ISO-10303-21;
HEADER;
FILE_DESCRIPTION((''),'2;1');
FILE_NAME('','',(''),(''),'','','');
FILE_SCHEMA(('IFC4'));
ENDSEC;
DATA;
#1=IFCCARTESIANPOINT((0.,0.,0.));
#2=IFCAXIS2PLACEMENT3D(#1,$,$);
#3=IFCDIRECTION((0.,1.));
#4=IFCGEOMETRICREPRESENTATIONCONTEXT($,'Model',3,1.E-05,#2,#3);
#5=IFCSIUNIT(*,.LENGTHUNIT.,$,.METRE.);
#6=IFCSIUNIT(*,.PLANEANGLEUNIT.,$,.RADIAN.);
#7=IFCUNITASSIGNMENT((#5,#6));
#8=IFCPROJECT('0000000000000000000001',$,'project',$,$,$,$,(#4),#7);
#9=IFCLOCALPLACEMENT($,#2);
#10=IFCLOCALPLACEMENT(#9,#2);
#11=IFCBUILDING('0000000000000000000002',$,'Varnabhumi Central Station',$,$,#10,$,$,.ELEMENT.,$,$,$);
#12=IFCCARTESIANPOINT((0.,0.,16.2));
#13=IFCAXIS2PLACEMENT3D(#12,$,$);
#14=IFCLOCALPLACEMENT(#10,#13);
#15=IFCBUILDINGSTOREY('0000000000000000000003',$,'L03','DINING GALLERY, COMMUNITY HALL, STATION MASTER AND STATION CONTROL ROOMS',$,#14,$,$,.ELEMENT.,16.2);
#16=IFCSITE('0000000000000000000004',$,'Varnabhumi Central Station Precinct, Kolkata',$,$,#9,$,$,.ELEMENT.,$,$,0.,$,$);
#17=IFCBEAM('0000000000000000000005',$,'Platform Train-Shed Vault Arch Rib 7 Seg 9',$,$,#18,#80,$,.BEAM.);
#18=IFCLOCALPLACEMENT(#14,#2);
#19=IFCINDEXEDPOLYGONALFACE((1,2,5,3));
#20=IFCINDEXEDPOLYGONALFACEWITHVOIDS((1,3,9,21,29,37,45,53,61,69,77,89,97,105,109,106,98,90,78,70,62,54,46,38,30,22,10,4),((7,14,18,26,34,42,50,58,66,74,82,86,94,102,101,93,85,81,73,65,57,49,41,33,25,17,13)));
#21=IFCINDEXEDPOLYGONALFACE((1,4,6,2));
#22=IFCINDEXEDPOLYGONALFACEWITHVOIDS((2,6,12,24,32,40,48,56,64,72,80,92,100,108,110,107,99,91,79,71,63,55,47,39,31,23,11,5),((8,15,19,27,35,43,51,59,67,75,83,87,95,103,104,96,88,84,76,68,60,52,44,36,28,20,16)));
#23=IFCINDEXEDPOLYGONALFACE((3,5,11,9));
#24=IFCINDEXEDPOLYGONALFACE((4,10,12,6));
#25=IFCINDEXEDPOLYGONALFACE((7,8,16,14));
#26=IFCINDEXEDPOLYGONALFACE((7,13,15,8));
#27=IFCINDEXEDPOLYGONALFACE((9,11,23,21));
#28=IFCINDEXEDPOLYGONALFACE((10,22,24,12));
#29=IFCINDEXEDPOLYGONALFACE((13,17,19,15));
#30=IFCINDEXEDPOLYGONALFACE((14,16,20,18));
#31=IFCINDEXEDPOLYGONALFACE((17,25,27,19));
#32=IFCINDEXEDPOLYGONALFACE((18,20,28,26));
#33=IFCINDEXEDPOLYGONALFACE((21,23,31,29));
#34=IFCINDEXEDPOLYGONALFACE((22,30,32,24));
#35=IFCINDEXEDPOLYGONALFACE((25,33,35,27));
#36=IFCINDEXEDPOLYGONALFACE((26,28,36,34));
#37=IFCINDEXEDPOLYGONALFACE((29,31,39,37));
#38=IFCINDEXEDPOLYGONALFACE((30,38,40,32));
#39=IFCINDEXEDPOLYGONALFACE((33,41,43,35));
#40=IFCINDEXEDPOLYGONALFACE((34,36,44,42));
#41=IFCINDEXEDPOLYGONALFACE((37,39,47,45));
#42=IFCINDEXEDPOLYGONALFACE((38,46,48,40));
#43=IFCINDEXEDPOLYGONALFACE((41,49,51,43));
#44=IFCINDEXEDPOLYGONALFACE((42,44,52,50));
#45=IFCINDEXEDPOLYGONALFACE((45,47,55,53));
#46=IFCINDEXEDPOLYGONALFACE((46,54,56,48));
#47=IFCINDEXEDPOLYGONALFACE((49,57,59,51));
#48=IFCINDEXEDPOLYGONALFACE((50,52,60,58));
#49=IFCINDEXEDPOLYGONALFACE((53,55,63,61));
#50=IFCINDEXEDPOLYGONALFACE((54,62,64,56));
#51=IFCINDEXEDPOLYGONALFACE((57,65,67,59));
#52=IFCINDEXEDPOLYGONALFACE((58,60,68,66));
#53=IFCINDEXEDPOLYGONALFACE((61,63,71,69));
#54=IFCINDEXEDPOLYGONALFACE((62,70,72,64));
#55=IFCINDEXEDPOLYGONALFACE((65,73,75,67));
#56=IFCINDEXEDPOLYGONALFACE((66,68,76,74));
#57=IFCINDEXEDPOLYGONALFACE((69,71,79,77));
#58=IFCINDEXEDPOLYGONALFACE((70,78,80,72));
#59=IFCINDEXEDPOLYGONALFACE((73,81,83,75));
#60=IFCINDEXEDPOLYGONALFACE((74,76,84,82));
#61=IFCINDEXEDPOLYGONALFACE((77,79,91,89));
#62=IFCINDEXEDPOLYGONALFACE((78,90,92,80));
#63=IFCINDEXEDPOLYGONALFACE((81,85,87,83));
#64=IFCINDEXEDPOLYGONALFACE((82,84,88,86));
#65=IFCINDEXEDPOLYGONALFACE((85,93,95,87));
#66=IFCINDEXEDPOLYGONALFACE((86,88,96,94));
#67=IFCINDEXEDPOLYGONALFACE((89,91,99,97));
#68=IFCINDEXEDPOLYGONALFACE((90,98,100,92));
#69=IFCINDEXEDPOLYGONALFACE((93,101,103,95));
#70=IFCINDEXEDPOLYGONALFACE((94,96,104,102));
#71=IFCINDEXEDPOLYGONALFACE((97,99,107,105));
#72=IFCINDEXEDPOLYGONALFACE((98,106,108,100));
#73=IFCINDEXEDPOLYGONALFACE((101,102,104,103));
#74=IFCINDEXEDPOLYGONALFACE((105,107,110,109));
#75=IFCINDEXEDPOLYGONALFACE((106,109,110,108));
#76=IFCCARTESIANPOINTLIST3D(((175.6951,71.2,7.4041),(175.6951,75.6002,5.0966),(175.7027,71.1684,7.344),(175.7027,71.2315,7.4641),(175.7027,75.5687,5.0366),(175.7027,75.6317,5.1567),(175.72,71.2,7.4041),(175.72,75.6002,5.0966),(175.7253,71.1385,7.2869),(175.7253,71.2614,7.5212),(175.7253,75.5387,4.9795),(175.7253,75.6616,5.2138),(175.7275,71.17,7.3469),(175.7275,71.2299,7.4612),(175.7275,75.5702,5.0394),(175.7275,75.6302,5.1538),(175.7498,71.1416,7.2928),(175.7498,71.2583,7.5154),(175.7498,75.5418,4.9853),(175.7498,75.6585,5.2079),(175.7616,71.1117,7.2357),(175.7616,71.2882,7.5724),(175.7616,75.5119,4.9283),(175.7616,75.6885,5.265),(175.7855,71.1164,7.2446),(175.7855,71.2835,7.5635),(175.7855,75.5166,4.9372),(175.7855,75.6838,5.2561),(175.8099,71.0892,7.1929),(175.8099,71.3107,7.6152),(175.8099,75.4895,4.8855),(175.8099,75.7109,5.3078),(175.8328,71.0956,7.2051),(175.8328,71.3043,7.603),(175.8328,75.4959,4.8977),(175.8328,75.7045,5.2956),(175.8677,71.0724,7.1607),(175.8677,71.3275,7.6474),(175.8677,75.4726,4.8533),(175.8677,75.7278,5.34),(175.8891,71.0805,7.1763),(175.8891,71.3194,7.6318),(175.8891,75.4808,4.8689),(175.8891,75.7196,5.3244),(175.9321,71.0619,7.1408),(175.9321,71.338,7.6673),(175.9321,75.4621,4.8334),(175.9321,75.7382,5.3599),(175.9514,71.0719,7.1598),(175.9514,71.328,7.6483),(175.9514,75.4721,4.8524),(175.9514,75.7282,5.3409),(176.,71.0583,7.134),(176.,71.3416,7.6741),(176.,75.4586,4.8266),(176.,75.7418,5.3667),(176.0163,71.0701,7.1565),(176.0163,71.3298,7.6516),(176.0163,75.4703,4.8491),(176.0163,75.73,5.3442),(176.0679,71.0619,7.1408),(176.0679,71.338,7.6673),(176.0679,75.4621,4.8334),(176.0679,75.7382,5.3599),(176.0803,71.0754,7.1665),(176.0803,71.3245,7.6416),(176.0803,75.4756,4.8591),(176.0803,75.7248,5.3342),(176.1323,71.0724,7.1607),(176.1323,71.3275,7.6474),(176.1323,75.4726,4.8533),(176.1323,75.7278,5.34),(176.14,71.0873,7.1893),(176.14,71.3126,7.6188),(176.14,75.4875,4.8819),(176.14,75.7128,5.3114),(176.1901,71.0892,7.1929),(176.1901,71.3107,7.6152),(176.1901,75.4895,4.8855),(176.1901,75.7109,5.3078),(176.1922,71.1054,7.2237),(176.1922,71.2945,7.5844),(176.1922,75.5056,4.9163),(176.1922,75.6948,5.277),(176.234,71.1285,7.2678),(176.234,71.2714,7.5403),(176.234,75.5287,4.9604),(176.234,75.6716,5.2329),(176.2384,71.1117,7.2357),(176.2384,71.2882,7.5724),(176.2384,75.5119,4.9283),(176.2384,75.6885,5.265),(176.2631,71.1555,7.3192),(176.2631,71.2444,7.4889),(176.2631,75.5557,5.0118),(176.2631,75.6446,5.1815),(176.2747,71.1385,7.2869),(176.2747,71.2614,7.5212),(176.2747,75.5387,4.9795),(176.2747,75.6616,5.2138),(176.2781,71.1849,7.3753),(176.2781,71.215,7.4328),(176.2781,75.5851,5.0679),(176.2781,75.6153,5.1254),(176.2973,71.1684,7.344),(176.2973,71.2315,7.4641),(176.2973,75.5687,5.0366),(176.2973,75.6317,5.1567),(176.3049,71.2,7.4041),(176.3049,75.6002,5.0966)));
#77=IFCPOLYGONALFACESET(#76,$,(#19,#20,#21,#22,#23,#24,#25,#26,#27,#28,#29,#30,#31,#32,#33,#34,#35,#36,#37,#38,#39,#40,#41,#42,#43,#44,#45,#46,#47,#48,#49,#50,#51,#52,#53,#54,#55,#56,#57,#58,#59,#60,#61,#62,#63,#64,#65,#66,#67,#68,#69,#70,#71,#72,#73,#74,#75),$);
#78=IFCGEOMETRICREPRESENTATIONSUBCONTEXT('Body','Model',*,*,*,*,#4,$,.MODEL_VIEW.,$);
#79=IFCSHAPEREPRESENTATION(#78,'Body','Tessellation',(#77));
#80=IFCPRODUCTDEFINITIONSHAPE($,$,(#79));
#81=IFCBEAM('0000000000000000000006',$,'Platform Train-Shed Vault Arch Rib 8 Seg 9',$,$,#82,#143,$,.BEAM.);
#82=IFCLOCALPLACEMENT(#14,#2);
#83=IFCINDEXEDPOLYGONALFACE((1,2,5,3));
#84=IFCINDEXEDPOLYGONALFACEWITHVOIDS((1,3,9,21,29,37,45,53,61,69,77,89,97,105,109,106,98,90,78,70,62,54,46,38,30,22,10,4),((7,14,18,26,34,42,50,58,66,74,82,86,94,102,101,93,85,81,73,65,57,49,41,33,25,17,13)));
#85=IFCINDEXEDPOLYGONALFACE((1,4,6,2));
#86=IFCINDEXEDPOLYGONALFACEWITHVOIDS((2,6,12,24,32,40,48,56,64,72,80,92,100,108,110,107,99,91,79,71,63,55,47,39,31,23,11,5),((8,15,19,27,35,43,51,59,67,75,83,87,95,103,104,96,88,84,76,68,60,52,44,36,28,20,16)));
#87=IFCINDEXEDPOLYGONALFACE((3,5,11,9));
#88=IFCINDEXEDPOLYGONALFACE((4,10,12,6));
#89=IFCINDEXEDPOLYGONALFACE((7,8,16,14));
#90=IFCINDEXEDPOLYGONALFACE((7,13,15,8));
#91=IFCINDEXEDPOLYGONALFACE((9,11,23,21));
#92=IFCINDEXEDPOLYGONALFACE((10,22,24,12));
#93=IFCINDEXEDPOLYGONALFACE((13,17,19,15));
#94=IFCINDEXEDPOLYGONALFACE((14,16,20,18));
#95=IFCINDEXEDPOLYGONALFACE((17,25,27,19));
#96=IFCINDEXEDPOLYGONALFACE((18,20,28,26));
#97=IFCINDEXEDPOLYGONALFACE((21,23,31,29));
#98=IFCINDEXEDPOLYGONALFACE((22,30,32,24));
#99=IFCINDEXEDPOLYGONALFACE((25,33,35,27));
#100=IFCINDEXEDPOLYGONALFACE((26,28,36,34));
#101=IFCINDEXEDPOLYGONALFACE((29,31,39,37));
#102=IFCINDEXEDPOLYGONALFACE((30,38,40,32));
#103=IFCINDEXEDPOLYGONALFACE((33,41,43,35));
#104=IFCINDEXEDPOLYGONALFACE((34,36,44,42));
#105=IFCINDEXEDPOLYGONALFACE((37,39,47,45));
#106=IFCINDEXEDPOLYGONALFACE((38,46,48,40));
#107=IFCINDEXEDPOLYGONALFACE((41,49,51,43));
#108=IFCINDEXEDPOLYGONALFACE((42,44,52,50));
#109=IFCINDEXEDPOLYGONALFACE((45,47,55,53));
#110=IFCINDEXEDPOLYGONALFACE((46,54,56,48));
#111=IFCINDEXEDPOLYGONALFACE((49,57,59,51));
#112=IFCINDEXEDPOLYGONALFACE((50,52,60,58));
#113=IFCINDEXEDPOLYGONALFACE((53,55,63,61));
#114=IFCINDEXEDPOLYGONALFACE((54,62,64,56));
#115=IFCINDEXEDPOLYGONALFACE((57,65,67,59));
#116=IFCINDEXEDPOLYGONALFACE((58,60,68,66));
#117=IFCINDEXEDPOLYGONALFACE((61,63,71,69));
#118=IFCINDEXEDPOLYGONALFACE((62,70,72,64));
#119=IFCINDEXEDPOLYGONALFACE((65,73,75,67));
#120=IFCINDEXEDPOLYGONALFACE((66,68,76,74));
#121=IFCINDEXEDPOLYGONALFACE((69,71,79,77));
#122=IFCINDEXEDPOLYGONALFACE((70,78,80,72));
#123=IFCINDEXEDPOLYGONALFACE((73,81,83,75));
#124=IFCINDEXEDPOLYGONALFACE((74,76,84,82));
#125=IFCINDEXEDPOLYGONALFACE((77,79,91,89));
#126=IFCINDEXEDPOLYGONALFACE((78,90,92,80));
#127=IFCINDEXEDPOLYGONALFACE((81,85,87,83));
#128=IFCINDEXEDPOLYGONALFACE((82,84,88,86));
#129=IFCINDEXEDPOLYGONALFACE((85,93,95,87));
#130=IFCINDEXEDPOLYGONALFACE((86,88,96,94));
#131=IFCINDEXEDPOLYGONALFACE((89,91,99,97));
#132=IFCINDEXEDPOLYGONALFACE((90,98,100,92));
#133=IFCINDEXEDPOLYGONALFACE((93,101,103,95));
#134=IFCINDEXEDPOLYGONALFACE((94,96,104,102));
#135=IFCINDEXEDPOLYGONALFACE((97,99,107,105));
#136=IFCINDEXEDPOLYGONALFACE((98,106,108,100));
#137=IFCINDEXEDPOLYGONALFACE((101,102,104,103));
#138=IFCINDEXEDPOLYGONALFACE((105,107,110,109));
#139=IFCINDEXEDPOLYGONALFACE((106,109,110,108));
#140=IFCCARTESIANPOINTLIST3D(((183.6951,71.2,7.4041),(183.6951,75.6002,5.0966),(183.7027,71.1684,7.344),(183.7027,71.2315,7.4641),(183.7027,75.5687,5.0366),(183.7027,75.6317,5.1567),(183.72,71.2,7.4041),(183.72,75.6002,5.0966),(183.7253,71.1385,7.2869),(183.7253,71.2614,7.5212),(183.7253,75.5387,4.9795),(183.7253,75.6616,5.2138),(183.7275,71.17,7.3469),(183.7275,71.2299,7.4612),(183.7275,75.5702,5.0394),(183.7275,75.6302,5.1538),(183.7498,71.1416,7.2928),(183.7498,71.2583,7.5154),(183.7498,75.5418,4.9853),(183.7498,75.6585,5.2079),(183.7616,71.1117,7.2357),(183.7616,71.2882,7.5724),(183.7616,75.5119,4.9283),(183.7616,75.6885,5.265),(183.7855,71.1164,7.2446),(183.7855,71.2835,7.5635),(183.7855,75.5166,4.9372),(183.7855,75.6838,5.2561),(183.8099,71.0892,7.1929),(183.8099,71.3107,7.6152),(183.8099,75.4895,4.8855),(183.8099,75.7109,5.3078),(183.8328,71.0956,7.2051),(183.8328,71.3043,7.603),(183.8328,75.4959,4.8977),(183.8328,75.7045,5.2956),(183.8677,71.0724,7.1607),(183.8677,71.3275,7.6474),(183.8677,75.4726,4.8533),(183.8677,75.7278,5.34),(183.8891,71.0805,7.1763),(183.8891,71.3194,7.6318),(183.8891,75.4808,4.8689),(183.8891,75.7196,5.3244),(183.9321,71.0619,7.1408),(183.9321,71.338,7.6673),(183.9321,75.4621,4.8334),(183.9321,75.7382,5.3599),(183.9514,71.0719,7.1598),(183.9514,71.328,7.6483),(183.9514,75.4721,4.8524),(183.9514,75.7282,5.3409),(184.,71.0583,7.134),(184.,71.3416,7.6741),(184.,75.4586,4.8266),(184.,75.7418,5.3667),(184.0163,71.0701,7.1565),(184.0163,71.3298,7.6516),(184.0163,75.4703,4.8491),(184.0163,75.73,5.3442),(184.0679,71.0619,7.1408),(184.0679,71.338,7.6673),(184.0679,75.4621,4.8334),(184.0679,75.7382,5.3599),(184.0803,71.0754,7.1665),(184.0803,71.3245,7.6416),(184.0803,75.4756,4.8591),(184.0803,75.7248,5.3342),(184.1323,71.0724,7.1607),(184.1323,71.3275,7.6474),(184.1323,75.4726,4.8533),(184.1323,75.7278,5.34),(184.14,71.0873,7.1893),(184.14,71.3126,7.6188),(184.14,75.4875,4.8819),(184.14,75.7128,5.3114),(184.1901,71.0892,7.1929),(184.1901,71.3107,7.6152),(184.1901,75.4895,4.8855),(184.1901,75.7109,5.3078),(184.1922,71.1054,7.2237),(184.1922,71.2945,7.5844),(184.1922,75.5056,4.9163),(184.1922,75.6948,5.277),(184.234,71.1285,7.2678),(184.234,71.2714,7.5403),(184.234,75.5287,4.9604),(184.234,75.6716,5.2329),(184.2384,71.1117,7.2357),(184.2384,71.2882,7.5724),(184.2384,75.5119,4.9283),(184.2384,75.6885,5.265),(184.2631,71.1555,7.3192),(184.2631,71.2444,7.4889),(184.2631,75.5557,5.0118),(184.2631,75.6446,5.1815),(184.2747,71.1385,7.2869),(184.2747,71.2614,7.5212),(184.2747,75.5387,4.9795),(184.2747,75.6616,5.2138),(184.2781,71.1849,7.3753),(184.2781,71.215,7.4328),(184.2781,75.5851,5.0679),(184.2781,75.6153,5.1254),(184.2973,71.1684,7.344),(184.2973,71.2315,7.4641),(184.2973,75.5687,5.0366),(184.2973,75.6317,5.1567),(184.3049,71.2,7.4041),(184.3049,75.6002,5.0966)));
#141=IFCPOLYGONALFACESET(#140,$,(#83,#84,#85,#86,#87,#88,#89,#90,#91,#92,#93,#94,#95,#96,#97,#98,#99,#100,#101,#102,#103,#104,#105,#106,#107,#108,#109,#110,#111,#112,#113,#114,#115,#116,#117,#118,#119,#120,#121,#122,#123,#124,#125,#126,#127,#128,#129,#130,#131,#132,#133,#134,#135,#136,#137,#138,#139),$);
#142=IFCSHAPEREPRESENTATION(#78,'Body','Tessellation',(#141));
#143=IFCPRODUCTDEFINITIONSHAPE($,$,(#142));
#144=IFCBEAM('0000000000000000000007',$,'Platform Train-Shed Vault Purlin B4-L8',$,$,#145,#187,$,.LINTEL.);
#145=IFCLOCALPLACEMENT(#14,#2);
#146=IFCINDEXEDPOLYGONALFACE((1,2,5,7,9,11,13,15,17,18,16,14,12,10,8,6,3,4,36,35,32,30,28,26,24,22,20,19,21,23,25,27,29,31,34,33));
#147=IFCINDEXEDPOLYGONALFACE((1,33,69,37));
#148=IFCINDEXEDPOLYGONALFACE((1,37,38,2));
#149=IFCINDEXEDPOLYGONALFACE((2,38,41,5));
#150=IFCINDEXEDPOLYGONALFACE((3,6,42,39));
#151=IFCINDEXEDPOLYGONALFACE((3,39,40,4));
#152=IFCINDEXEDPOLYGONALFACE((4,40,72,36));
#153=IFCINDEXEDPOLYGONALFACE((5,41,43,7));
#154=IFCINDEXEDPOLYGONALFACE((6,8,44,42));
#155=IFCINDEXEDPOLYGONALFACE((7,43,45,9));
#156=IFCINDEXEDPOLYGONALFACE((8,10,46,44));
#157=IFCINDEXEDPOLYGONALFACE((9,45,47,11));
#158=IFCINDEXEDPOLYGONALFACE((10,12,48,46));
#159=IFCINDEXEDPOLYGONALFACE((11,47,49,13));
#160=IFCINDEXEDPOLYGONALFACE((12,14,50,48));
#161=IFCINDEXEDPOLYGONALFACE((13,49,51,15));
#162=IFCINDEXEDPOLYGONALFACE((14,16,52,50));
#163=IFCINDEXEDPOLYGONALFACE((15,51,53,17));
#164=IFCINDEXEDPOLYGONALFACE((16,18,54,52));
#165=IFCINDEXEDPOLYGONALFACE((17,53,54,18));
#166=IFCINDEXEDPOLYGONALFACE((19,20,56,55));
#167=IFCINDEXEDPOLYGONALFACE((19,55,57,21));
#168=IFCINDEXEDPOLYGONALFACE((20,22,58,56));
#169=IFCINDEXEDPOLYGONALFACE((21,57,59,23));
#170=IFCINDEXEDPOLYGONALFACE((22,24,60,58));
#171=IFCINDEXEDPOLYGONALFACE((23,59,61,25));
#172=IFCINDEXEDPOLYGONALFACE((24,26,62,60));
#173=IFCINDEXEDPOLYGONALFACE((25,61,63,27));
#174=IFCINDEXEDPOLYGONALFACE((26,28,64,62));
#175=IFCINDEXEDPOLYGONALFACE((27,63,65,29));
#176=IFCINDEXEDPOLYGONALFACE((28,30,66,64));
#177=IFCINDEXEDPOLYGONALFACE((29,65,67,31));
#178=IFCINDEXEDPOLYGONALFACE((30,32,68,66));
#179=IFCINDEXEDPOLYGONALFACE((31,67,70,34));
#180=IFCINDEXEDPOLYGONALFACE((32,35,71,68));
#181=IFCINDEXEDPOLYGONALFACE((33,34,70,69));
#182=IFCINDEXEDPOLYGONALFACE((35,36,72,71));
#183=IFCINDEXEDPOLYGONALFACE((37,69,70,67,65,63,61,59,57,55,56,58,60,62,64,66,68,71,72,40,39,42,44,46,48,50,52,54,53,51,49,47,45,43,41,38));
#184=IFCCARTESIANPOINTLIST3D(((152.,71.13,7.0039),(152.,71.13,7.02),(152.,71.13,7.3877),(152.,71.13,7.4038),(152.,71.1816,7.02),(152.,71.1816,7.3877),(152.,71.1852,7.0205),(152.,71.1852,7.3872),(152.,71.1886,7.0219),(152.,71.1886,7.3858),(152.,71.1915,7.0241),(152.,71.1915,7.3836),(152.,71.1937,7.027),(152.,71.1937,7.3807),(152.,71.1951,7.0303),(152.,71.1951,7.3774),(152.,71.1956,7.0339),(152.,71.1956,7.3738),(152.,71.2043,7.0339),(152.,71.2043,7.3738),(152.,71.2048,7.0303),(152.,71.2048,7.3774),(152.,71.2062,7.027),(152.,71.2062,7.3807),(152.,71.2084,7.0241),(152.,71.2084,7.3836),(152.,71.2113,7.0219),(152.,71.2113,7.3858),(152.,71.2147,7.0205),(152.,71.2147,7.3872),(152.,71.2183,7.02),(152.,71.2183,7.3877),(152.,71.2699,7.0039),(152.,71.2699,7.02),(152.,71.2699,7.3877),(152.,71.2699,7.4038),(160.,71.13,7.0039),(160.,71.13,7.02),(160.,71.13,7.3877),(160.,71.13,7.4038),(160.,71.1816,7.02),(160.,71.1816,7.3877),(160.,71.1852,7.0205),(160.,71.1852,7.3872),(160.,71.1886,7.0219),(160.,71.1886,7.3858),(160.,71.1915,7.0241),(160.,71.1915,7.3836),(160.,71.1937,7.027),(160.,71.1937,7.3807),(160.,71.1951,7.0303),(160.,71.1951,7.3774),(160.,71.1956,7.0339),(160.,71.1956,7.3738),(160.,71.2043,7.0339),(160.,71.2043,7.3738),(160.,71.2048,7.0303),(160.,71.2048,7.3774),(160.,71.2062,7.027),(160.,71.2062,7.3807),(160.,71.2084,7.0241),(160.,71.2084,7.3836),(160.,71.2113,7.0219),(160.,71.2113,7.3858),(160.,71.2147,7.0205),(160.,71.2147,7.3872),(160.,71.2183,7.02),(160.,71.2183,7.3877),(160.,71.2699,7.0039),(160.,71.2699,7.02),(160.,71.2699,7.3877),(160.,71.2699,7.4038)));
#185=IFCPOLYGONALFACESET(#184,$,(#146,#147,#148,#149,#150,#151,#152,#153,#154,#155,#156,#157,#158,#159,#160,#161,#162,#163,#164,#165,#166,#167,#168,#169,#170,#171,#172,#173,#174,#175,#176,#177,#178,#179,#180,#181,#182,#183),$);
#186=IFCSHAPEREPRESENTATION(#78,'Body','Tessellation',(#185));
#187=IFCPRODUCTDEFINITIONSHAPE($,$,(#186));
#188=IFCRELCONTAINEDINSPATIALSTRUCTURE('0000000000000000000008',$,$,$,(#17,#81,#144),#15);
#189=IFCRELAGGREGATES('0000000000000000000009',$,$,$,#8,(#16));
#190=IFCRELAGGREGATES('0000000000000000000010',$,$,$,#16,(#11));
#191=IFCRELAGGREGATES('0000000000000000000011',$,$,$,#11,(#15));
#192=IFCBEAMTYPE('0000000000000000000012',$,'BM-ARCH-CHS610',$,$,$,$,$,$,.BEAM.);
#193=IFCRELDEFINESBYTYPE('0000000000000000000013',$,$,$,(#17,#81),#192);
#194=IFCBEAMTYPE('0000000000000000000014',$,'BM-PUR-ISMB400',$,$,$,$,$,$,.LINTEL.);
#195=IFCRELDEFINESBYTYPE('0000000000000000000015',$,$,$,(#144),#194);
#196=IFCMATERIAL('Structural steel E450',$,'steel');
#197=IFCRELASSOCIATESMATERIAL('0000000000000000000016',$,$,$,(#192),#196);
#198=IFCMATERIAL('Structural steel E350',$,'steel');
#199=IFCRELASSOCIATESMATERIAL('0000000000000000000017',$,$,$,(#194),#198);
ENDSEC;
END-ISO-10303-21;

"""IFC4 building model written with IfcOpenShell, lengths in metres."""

from ifc_helpers import new_model, si_unit, direction, frame, origin, origin_2d, place, context, subcontext, project, spatial, hollow_circle, i_section, extrude, material, material_profile, profile_set, type_object, element, save


model = new_model("IFC4")

# Units and contexts
model_context = context("Model", 3, precision=1e-05, world=origin(), true_north=direction((0.0, 1.0)))
body_context = subcontext(model_context, "Body", "Model", "MODEL_VIEW")
ifc_project = project(units=[si_unit("LENGTHUNIT", "METRE"), si_unit("PLANEANGLEUNIT", "RADIAN")], contexts=[model_context])

# Site, building, storey
site_placement = place(None, origin())
site = spatial("IfcSite", under=ifc_project, at=site_placement, Name="Varnabhumi Central Station Precinct, Kolkata", CompositionType="ELEMENT", RefElevation=0.0)
building_placement = place(site_placement, origin())
building = spatial("IfcBuilding", under=site, at=building_placement, Name="Varnabhumi Central Station", CompositionType="ELEMENT")
storey_placement = place(building_placement, frame((0.0, 0.0, 16.2)))
storey = spatial("IfcBuildingStorey", under=building, at=storey_placement, Name="L03", Description="DINING GALLERY, COMMUNITY HALL, STATION MASTER AND STATION CONTROL ROOMS", CompositionType="ELEMENT", Elevation=16.2)

# Beams
ifc_material_1 = material(Name="Structural steel E450", Category="steel")
ifc_material_profile_1 = material_profile(ifc_material_1, hollow_circle(Radius=0.3049, WallThickness=0.0249, at=origin_2d()), Name="Structural steel E450", Category="steel")
ifc_profile_set_1 = profile_set([ifc_material_profile_1], Name="Structural steel E450")
beam_type_1 = type_object("IfcBeamType", Name="BM-ARCH-CHS610", PredefinedType="BEAM", material=ifc_profile_set_1)
for number, where, z_axis, x_axis, name in (
    (1, (176.0, 71.2, 7.4041), (0.0, 0.885622, -0.464407), (-1.0, 0.0, 0.0), "Platform Train-Shed Vault Arch Rib 7 Seg 9"),
    (2, (184.0, 71.2, 7.4041), (0.0, 0.885622, -0.464407), (-1.0, 0.0, 0.0), "Platform Train-Shed Vault Arch Rib 8 Seg 9"),
):
    element("IfcBeam", number, at=place(storey_placement, frame(where, z_axis=z_axis, x_axis=x_axis)), inside=storey, type_object=beam_type_1, Name=name, PredefinedType="BEAM", context=body_context, shape_type="SweptSolid", body=[
        extrude(hollow_circle(Radius=0.3049, WallThickness=0.0249, at=origin_2d()), origin(), (0.0, 0.0, 1.0), 4.9685),
    ])
ifc_material_2 = material(Name="Structural steel E350", Category="steel")
ifc_material_profile_2 = material_profile(ifc_material_2, i_section(OverallWidth=0.1399, OverallDepth=0.3999, WebThickness=0.0088, FlangeThickness=0.0161, FilletRadius=0.0139, at=origin_2d()), Name="Structural steel E350", Category="steel")
ifc_profile_set_2 = profile_set([ifc_material_profile_2], Name="Structural steel E350")
beam_type_2 = type_object("IfcBeamType", Name="BM-PUR-ISMB400", PredefinedType="LINTEL", material=ifc_profile_set_2)
for number, where, z_axis, x_axis, name in (
    (3, (152.0, 71.2, 7.2039), (1.0, 0.0, 0.0), (0.0, 1.0, 0.0), "Platform Train-Shed Vault Purlin B4-L8"),
):
    element("IfcBeam", number, at=place(storey_placement, frame(where, z_axis=z_axis, x_axis=x_axis)), inside=storey, type_object=beam_type_2, Name=name, PredefinedType="LINTEL", context=body_context, shape_type="SweptSolid", body=[
        extrude(i_section(OverallWidth=0.1399, OverallDepth=0.3999, WebThickness=0.0088, FlangeThickness=0.0161, FilletRadius=0.0139, at=origin_2d()), origin(), (0.0, 0.0, 1.0), 8.0),
    ])

save(model, "model.ifc")
